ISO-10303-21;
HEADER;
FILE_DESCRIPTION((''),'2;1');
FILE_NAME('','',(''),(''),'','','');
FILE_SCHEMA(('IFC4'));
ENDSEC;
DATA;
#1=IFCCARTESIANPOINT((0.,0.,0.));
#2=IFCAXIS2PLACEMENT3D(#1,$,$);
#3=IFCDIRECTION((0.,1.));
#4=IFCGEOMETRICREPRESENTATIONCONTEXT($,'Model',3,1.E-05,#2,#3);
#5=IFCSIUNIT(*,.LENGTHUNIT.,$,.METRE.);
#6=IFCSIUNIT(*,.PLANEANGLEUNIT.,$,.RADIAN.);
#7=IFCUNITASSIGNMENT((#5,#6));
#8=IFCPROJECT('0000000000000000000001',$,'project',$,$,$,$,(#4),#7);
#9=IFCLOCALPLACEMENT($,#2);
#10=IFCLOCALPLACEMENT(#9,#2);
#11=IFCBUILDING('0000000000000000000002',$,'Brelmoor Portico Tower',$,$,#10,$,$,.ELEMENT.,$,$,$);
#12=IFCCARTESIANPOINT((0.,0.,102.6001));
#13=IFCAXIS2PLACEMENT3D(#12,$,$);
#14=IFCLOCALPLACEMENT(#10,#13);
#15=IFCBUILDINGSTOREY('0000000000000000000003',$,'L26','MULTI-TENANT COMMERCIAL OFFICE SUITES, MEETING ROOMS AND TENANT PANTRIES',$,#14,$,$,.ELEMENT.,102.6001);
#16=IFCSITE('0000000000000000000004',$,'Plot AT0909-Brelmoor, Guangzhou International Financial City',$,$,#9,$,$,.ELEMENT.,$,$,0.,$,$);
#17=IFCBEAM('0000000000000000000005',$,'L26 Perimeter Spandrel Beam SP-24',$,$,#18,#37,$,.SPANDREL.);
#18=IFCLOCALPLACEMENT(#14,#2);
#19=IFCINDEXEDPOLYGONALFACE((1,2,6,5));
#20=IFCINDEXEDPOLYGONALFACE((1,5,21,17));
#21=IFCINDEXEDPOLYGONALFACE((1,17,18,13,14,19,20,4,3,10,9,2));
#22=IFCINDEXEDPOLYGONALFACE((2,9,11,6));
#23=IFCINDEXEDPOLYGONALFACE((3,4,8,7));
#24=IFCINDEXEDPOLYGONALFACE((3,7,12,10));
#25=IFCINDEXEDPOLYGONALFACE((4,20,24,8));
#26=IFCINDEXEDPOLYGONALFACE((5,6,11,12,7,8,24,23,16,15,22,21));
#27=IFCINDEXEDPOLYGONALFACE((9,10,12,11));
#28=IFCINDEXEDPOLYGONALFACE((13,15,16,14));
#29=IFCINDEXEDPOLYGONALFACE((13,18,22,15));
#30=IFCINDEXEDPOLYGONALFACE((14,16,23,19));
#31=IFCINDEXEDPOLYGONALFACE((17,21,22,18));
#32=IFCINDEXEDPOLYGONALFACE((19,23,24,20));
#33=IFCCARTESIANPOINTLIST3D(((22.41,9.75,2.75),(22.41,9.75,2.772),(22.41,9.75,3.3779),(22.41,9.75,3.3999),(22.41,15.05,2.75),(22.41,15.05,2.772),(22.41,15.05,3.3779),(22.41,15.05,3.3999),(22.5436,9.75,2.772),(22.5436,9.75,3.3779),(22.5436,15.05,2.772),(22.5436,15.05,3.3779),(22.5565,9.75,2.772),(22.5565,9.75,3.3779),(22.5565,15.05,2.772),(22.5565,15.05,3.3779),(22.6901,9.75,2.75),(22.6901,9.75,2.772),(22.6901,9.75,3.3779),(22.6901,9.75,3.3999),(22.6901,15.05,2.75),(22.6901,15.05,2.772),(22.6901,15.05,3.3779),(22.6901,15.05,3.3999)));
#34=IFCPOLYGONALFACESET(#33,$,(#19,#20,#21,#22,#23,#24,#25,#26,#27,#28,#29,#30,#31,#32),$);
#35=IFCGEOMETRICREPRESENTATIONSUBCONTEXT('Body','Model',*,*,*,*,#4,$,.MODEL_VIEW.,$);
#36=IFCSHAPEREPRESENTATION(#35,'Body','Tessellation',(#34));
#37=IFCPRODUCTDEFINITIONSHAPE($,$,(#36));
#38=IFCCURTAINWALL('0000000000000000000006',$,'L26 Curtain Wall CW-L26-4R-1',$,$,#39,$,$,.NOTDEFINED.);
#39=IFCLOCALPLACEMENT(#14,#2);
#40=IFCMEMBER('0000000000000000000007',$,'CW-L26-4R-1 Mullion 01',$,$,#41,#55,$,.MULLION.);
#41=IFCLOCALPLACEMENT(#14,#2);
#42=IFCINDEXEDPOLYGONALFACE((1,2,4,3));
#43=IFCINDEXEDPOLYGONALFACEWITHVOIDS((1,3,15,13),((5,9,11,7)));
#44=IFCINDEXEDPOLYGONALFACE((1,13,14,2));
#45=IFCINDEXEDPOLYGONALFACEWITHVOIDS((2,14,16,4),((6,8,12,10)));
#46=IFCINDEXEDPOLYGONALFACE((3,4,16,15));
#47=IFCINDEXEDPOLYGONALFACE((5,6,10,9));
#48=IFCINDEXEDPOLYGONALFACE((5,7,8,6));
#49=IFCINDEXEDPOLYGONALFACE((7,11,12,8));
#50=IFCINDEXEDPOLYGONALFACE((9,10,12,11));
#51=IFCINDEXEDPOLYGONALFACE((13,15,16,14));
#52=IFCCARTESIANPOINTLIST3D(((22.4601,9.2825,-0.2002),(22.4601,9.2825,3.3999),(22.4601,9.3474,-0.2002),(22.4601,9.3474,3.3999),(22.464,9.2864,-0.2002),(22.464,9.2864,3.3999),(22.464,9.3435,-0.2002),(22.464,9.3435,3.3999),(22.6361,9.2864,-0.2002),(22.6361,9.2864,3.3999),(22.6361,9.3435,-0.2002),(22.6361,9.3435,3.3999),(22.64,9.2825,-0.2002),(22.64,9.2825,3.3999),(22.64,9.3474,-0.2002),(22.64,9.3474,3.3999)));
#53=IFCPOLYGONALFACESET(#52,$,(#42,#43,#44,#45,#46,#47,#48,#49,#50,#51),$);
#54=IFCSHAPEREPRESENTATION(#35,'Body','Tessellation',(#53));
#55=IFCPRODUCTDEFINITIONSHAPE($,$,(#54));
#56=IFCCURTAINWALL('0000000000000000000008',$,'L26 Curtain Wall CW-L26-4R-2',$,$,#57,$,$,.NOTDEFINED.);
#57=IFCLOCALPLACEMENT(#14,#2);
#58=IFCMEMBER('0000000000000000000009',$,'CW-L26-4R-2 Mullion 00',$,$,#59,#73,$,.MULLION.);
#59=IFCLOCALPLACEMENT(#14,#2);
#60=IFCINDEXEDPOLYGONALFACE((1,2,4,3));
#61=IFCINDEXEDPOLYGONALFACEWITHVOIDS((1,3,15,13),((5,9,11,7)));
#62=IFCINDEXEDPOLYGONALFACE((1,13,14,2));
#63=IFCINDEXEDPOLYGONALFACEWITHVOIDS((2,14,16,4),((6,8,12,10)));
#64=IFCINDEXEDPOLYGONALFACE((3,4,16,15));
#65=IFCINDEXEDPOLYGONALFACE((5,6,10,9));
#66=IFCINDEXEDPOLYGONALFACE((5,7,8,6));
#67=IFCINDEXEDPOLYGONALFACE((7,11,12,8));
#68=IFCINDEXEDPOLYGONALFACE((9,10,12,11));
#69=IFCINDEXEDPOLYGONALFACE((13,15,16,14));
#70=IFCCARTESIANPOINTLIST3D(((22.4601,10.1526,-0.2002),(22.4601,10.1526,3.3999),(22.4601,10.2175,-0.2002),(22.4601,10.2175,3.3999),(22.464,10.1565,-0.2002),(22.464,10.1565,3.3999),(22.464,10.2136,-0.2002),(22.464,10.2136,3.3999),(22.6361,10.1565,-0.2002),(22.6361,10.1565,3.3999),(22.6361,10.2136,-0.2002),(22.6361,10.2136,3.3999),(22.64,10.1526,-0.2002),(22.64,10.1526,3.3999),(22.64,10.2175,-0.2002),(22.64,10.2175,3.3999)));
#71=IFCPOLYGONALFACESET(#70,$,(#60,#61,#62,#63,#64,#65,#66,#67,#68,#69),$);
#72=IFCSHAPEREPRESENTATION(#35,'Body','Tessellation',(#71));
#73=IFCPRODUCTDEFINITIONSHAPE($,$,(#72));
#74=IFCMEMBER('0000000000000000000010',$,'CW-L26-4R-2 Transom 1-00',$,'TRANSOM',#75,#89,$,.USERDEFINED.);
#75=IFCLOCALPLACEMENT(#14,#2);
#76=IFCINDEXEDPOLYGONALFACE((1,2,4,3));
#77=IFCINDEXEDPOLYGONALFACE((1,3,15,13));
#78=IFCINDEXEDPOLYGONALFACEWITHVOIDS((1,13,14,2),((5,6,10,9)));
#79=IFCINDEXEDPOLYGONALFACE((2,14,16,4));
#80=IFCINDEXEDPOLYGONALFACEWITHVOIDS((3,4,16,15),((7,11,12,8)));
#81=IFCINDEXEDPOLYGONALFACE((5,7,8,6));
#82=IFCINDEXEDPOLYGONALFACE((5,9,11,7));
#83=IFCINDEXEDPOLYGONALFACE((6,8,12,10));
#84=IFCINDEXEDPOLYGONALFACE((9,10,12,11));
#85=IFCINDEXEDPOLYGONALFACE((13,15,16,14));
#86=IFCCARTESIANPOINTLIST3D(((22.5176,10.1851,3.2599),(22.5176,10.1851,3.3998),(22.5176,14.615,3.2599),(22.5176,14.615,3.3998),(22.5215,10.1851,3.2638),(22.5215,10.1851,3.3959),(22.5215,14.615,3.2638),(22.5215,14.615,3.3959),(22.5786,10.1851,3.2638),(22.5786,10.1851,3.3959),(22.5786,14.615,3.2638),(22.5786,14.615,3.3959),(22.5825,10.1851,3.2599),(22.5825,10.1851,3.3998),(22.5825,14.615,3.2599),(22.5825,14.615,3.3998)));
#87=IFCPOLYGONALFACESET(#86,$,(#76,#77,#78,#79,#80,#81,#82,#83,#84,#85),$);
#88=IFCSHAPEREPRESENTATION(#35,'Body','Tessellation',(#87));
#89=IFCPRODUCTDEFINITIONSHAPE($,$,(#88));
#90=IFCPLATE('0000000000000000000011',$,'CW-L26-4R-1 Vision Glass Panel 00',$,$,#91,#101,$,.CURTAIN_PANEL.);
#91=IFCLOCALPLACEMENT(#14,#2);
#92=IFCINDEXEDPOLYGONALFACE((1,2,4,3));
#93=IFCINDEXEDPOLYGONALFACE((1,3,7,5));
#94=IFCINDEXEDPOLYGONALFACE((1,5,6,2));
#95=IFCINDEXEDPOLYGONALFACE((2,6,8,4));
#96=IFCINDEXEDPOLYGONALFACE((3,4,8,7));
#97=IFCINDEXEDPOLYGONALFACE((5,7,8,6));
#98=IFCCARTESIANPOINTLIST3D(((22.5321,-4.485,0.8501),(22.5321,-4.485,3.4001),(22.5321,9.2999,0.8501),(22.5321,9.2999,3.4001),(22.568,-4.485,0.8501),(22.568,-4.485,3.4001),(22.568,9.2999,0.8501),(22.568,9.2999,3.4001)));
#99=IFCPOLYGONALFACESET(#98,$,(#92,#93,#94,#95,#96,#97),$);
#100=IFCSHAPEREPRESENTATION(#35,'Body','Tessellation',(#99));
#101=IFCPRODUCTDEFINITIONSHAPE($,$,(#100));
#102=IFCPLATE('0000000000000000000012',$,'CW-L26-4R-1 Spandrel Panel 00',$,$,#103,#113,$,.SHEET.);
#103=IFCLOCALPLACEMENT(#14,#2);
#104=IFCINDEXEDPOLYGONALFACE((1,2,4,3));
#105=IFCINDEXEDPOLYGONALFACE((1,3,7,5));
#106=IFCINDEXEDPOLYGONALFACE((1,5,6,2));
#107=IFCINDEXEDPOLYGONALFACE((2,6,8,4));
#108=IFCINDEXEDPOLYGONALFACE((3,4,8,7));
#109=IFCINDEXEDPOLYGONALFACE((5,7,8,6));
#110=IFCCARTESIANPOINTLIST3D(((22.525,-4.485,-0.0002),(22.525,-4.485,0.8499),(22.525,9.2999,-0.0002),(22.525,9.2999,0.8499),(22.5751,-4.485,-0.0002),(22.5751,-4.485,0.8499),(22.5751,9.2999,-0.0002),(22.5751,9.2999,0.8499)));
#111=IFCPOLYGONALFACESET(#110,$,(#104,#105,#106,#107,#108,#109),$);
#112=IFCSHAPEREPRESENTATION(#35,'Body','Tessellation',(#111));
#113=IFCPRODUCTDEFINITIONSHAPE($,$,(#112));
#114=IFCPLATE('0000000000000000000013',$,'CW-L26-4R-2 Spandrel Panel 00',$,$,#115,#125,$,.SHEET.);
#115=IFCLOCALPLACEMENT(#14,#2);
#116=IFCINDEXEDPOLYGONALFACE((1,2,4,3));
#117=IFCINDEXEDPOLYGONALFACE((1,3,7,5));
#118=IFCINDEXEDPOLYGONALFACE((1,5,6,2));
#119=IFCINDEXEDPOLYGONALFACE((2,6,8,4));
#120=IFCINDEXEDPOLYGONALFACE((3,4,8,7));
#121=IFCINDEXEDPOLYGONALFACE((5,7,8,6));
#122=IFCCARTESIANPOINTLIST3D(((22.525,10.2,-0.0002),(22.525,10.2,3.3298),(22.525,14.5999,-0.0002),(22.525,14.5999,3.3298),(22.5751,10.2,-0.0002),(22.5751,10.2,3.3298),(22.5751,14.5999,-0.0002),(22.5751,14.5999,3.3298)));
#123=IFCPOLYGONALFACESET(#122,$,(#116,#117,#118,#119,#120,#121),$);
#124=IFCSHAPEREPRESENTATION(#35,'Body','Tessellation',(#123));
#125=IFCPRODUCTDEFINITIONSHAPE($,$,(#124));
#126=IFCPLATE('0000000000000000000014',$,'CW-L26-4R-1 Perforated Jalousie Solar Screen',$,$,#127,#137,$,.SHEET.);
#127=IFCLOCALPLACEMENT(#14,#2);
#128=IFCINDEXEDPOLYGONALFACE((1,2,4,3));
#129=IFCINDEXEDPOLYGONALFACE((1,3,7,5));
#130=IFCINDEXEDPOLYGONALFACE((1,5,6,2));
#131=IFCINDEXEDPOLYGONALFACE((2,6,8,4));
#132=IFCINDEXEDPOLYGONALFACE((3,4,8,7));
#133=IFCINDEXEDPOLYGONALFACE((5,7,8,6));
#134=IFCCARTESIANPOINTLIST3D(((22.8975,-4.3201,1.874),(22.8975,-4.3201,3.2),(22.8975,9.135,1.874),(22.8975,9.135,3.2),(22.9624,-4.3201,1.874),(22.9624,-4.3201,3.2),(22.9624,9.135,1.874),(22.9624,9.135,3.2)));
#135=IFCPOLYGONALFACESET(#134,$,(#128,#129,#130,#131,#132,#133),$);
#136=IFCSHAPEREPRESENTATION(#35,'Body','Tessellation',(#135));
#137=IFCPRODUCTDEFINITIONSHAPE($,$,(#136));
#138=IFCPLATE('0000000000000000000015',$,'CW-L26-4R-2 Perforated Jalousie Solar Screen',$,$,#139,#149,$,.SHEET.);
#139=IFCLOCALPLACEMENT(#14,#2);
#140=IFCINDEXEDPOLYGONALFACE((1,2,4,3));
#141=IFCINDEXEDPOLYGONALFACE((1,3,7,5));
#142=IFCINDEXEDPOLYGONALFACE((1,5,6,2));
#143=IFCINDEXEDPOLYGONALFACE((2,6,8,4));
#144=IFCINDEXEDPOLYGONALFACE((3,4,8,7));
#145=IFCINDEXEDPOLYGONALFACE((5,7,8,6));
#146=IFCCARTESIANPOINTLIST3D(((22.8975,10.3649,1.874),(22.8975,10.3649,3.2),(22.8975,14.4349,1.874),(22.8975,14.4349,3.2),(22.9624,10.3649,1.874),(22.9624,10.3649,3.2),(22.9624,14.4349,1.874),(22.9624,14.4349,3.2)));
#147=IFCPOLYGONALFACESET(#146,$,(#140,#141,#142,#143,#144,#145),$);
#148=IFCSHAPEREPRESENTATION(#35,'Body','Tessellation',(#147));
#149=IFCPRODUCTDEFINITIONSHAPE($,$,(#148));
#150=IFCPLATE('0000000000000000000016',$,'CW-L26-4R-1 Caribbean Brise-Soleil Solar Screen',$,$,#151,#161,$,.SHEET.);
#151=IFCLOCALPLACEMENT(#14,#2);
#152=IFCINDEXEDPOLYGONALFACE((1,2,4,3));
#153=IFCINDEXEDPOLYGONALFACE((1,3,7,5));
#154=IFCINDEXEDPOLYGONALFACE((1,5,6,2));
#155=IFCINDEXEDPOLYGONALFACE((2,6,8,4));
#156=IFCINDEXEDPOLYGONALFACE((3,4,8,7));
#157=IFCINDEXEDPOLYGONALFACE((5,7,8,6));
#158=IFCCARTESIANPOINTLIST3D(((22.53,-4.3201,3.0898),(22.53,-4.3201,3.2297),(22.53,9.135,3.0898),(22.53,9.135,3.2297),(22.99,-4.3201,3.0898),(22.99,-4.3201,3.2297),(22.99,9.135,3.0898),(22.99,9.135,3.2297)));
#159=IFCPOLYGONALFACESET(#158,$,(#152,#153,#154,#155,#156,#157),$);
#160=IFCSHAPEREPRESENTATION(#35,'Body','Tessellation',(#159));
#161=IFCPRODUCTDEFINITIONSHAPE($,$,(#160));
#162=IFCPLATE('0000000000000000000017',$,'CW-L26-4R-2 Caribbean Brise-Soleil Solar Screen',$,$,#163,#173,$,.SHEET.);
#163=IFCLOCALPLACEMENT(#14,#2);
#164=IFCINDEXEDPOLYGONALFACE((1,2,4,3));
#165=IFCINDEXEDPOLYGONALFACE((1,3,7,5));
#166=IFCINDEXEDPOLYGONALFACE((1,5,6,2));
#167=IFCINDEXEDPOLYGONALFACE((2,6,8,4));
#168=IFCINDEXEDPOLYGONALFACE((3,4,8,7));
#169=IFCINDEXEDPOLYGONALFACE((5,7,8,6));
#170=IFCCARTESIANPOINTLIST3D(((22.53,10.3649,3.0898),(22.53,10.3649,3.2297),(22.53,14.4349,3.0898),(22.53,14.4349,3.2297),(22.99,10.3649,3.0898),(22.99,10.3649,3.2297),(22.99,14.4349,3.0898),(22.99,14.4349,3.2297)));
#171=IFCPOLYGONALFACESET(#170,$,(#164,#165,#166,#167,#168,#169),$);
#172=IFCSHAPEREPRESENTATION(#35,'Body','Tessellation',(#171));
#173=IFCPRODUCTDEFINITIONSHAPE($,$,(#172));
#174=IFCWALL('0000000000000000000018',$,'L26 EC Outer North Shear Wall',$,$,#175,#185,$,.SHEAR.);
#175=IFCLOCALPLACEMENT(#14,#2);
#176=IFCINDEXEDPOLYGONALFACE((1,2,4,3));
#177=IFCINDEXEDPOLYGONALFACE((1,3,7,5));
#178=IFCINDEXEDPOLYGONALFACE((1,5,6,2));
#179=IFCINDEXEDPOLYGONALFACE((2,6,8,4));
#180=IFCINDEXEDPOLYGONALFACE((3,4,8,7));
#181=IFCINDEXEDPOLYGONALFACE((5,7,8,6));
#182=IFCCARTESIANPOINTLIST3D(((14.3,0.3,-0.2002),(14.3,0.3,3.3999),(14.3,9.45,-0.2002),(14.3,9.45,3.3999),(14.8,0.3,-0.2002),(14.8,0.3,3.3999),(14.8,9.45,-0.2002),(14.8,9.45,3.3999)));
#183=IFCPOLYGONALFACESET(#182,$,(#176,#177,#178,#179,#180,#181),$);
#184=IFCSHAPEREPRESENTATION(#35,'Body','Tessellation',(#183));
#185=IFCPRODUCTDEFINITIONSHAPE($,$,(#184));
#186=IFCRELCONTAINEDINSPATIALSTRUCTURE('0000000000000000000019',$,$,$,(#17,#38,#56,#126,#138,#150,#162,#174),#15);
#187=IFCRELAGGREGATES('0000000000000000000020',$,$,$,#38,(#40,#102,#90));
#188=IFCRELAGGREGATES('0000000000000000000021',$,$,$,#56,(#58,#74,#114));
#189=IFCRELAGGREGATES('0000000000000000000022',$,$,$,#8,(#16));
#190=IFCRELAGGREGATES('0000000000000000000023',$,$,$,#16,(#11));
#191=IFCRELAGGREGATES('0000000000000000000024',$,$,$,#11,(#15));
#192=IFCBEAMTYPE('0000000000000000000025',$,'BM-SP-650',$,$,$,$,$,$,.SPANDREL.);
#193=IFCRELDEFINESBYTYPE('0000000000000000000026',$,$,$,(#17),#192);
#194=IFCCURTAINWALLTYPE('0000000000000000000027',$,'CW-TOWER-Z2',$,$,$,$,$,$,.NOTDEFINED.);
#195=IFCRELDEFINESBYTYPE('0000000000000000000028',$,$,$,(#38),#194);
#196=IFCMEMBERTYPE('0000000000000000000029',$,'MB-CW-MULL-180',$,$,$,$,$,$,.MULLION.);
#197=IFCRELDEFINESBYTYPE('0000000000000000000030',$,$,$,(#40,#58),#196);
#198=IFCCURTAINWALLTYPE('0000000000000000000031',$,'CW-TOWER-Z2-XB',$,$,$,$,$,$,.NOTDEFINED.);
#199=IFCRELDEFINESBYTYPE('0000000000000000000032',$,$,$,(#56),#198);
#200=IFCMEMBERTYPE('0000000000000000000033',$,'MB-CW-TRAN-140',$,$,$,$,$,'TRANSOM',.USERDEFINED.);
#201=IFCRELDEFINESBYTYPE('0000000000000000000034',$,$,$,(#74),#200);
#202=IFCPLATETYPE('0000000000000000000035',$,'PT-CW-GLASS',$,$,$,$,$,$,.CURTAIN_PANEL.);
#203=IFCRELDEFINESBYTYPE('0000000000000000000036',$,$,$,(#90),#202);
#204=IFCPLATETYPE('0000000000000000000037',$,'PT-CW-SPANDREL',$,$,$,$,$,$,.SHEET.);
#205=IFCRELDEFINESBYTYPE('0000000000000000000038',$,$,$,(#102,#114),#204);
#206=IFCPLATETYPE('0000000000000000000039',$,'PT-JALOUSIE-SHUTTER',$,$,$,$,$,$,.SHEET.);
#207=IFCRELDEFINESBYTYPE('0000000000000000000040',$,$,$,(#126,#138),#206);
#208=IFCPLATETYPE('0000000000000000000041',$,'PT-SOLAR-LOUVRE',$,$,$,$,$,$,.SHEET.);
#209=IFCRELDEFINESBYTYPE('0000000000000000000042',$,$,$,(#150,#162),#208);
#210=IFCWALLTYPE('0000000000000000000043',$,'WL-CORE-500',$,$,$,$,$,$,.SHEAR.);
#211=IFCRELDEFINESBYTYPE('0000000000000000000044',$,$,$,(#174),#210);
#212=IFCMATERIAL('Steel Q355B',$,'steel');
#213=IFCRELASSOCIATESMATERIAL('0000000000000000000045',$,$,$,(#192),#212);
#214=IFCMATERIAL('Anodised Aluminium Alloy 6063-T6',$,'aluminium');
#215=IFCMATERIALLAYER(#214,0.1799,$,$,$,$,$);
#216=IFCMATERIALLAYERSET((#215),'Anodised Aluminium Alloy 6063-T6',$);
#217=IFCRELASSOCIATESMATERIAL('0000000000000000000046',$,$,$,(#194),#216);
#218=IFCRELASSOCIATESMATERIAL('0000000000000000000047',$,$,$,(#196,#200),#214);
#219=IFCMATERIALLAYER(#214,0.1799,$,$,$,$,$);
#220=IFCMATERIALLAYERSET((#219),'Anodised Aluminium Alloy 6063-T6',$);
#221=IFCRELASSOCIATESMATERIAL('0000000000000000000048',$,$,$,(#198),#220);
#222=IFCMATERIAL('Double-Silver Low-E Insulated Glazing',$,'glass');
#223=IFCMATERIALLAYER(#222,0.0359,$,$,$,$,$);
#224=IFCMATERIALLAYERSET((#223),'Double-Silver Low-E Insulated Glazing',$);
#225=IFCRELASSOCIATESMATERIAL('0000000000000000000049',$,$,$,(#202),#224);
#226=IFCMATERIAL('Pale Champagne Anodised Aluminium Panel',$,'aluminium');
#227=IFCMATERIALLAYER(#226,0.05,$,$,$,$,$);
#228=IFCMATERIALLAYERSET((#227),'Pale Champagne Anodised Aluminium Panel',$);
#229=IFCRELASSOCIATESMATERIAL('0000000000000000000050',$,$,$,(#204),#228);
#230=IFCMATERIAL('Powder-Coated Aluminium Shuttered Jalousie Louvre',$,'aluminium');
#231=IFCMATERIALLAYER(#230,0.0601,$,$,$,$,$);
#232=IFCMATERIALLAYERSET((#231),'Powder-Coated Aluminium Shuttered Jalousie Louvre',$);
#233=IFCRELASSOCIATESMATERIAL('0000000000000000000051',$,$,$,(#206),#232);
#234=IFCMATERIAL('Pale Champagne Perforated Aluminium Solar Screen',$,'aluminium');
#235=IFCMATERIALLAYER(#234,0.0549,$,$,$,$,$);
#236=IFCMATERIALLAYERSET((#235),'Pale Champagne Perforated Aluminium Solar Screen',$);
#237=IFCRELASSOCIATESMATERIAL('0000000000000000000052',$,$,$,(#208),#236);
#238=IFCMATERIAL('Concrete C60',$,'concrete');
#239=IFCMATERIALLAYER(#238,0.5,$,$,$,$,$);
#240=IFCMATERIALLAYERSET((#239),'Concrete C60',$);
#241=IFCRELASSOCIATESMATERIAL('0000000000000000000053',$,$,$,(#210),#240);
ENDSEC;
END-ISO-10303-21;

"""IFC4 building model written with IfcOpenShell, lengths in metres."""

from ifc_helpers import new_model, si_unit, direction, frame, frame_2d, origin, origin_2d, place, context, subcontext, project, spatial, rectangle, hollow_rectangle, i_section, extrude, material, layer, layer_set, material_profile, profile_set, type_object, element, aggregate, save


model = new_model("IFC4")

# Units and contexts
model_context = context("Model", 3, precision=1e-05, world=origin(), true_north=direction((0.0, 1.0)))
body_context = subcontext(model_context, "Body", "Model", "MODEL_VIEW")
ifc_project = project(units=[si_unit("LENGTHUNIT", "METRE"), si_unit("PLANEANGLEUNIT", "RADIAN")], contexts=[model_context])

# Site, building, storey
site_placement = place(None, origin())
site = spatial("IfcSite", under=ifc_project, at=site_placement, Name="Plot AT0909-Brelmoor, Guangzhou International Financial City", CompositionType="ELEMENT", RefElevation=0.0)
building_placement = place(site_placement, origin())
building = spatial("IfcBuilding", under=site, at=building_placement, Name="Brelmoor Portico Tower", CompositionType="ELEMENT")
storey_placement = place(building_placement, frame((0.0, 0.0, 102.6001)))
storey = spatial("IfcBuildingStorey", under=building, at=storey_placement, Name="L26", Description="MULTI-TENANT COMMERCIAL OFFICE SUITES, MEETING ROOMS AND TENANT PANTRIES", CompositionType="ELEMENT", Elevation=102.6001)

# Shared definitions
ifc_material_1 = material(Name="Steel Q355B", Category="steel")

# Beam
ifc_material_profile_1 = material_profile(ifc_material_1, i_section(OverallWidth=0.28, OverallDepth=0.6499, WebThickness=0.0129, FlangeThickness=0.022, at=origin_2d()), Name="HN 650x280x13x22")
ifc_profile_set_1 = profile_set([ifc_material_profile_1], Name="Steel Q355B")
beam_type_1 = type_object("IfcBeamType", Name="BM-SP-650", PredefinedType="SPANDREL", material=ifc_profile_set_1)
beam_1_placement = place(storey_placement, frame((22.55, 9.75, 3.075), z_axis=(0.0, 1.0, 0.0), x_axis=(-1.0, 0.0, 0.0)))
element("IfcBeam", 1, at=beam_1_placement, inside=storey, type_object=beam_type_1, Name="L26 Perimeter Spandrel Beam SP-24", PredefinedType="SPANDREL", context=body_context, shape_type="SweptSolid", body=[
    extrude(i_section(OverallWidth=0.28, OverallDepth=0.6499, WebThickness=0.0129, FlangeThickness=0.022, at=origin_2d()), origin(), (0.0, 0.0, 1.0), 5.3),
])

# Curtain wall, member
ifc_material_2 = material(Name="Anodised Aluminium Alloy 6063-T6", Category="aluminium")
ifc_layer_1 = layer(ifc_material_2, 0.1799)
ifc_layer_set_1 = layer_set([ifc_layer_1], Name="Anodised Aluminium Alloy 6063-T6")
curtain_wall_type_1 = type_object("IfcCurtainWallType", Name="CW-TOWER-Z2", PredefinedType="NOTDEFINED", material=ifc_layer_set_1)
curtain_wall_1_placement = place(storey_placement, origin())
curtain_wall_1 = element("IfcCurtainWall", 2, at=curtain_wall_1_placement, inside=storey, type_object=curtain_wall_type_1, Name="L26 Curtain Wall CW-L26-4R-1", PredefinedType="NOTDEFINED")
ifc_material_profile_2 = material_profile(ifc_material_2, hollow_rectangle(XDim=0.0649, YDim=0.1799, WallThickness=0.0039, at=origin_2d()), Name="ALU MULLION 65x180")
ifc_profile_set_2 = profile_set([ifc_material_profile_2], Name="Anodised Aluminium Alloy 6063-T6")
member_type_1 = type_object("IfcMemberType", Name="MB-CW-MULL-180", PredefinedType="MULLION", material=ifc_profile_set_2)
member_1_placement = place(storey_placement, frame((22.55, 9.3149, -0.2002), z_axis=(0.0, 0.0, 1.0), x_axis=(0.0, 1.0, 0.0)))
member_1 = element("IfcMember", 3, at=member_1_placement, type_object=member_type_1, Name="CW-L26-4R-1 Mullion 01", PredefinedType="MULLION", context=body_context, shape_type="SweptSolid", body=[
    extrude(hollow_rectangle(XDim=0.0649, YDim=0.1799, WallThickness=0.0039, at=origin_2d()), origin(), (0.0, 0.0, 1.0), 3.6001),
])

# Curtain wall, members
ifc_layer_2 = layer(ifc_material_2, 0.1799)
ifc_layer_set_2 = layer_set([ifc_layer_2], Name="Anodised Aluminium Alloy 6063-T6")
curtain_wall_type_2 = type_object("IfcCurtainWallType", Name="CW-TOWER-Z2-XB", PredefinedType="NOTDEFINED", material=ifc_layer_set_2)
curtain_wall_2_placement = place(storey_placement, origin())
curtain_wall_2 = element("IfcCurtainWall", 4, at=curtain_wall_2_placement, inside=storey, type_object=curtain_wall_type_2, Name="L26 Curtain Wall CW-L26-4R-2", PredefinedType="NOTDEFINED")
member_2_placement = place(storey_placement, frame((22.55, 10.1851, -0.2002), z_axis=(0.0, 0.0, 1.0), x_axis=(0.0, 1.0, 0.0)))
member_2 = element("IfcMember", 5, at=member_2_placement, type_object=member_type_1, Name="CW-L26-4R-2 Mullion 00", PredefinedType="MULLION", context=body_context, shape_type="SweptSolid", body=[
    extrude(hollow_rectangle(XDim=0.0649, YDim=0.1799, WallThickness=0.0039, at=origin_2d()), origin(), (0.0, 0.0, 1.0), 3.6001),
])
ifc_material_profile_3 = material_profile(ifc_material_2, hollow_rectangle(XDim=0.0649, YDim=0.1399, WallThickness=0.0039, at=origin_2d()), Name="ALU TRANSOM 65x140")
ifc_profile_set_3 = profile_set([ifc_material_profile_3], Name="Anodised Aluminium Alloy 6063-T6")
member_type_2 = type_object("IfcMemberType", Name="MB-CW-TRAN-140", ElementType="TRANSOM", PredefinedType="USERDEFINED", material=ifc_profile_set_3)
member_3_placement = place(storey_placement, frame((22.55, 10.1851, 3.3298), z_axis=(0.0, 1.0, 0.0), x_axis=(-1.0, 0.0, 0.0)))
member_3 = element("IfcMember", 6, at=member_3_placement, type_object=member_type_2, Name="CW-L26-4R-2 Transom 1-00", ObjectType="TRANSOM", PredefinedType="USERDEFINED", context=body_context, shape_type="SweptSolid", body=[
    extrude(hollow_rectangle(XDim=0.0649, YDim=0.1399, WallThickness=0.0039, at=origin_2d()), origin(), (0.0, 0.0, 1.0), 4.4299),
])

# Plates
ifc_material_3 = material(Name="Double-Silver Low-E Insulated Glazing", Category="glass")
ifc_layer_3 = layer(ifc_material_3, 0.0359)
ifc_layer_set_3 = layer_set([ifc_layer_3], Name="Double-Silver Low-E Insulated Glazing")
plate_type_1 = type_object("IfcPlateType", Name="PT-CW-GLASS", PredefinedType="CURTAIN_PANEL", material=ifc_layer_set_3)
plate_1_placement = place(storey_placement, frame((22.55, 2.4075, 0.8501), z_axis=(0.0, 0.0, 1.0), x_axis=(0.0, 1.0, 0.0)))
plate_1 = element("IfcPlate", 7, at=plate_1_placement, type_object=plate_type_1, Name="CW-L26-4R-1 Vision Glass Panel 00", PredefinedType="CURTAIN_PANEL", context=body_context, shape_type="SweptSolid", body=[
    extrude(rectangle(XDim=13.7849, YDim=0.0359, at=origin_2d()), origin(), (0.0, 0.0, 1.0), 2.55),
])
ifc_material_4 = material(Name="Pale Champagne Anodised Aluminium Panel", Category="aluminium")
ifc_layer_4 = layer(ifc_material_4, 0.05)
ifc_layer_set_4 = layer_set([ifc_layer_4], Name="Pale Champagne Anodised Aluminium Panel")
plate_type_2 = type_object("IfcPlateType", Name="PT-CW-SPANDREL", PredefinedType="SHEET", material=ifc_layer_set_4)
plate_2_placement = place(storey_placement, frame((22.55, 2.4075, -0.0002), z_axis=(0.0, 0.0, 1.0), x_axis=(0.0, 1.0, 0.0)))
plate_2 = element("IfcPlate", 8, at=plate_2_placement, type_object=plate_type_2, Name="CW-L26-4R-1 Spandrel Panel 00", PredefinedType="SHEET", context=body_context, shape_type="SweptSolid", body=[
    extrude(rectangle(XDim=13.7849, YDim=0.05, at=origin_2d()), origin(), (0.0, 0.0, 1.0), 0.8501),
])
aggregate(curtain_wall_1, [member_1, plate_2, plate_1])
plate_3_placement = place(storey_placement, frame((22.55, 12.3999, -0.0002), z_axis=(0.0, 0.0, 1.0), x_axis=(0.0, 1.0, 0.0)))
plate_3 = element("IfcPlate", 9, at=plate_3_placement, type_object=plate_type_2, Name="CW-L26-4R-2 Spandrel Panel 00", PredefinedType="SHEET", context=body_context, shape_type="SweptSolid", body=[
    extrude(rectangle(XDim=4.3999, YDim=0.05, at=origin_2d()), origin(), (0.0, 0.0, 1.0), 3.3301),
])
aggregate(curtain_wall_2, [member_2, member_3, plate_3])

# Plates
ifc_material_5 = material(Name="Powder-Coated Aluminium Shuttered Jalousie Louvre", Category="aluminium")
ifc_layer_5 = layer(ifc_material_5, 0.0601)
ifc_layer_set_5 = layer_set([ifc_layer_5], Name="Powder-Coated Aluminium Shuttered Jalousie Louvre")
plate_type_3 = type_object("IfcPlateType", Name="PT-JALOUSIE-SHUTTER", PredefinedType="SHEET", material=ifc_layer_set_5)
plate_4_placement = place(storey_placement, frame((22.9299, 2.4075, 1.874), z_axis=(0.0, 0.0, 1.0), x_axis=(0.0, 1.0, 0.0)))
element("IfcPlate", 10, at=plate_4_placement, inside=storey, type_object=plate_type_3, Name="CW-L26-4R-1 Perforated Jalousie Solar Screen", PredefinedType="SHEET", context=body_context, shape_type="SweptSolid", body=[
    extrude(rectangle(XDim=13.4551, YDim=0.0649, at=origin_2d()), origin(), (0.0, 0.0, 1.0), 1.3259),
])
plate_5_placement = place(storey_placement, frame((22.9299, 12.3999, 1.874), z_axis=(0.0, 0.0, 1.0), x_axis=(0.0, 1.0, 0.0)))
element("IfcPlate", 11, at=plate_5_placement, inside=storey, type_object=plate_type_3, Name="CW-L26-4R-2 Perforated Jalousie Solar Screen", PredefinedType="SHEET", context=body_context, shape_type="SweptSolid", body=[
    extrude(rectangle(XDim=4.0701, YDim=0.0649, at=origin_2d()), origin(), (0.0, 0.0, 1.0), 1.3259),
])
ifc_material_6 = material(Name="Pale Champagne Perforated Aluminium Solar Screen", Category="aluminium")
ifc_layer_6 = layer(ifc_material_6, 0.0549)
ifc_layer_set_6 = layer_set([ifc_layer_6], Name="Pale Champagne Perforated Aluminium Solar Screen")
plate_type_4 = type_object("IfcPlateType", Name="PT-SOLAR-LOUVRE", PredefinedType="SHEET", material=ifc_layer_set_6)
plate_6_placement = place(storey_placement, frame((22.76, 2.4075, 3.0898), z_axis=(0.0, 0.0, 1.0), x_axis=(0.0, 1.0, 0.0)))
element("IfcPlate", 12, at=plate_6_placement, inside=storey, type_object=plate_type_4, Name="CW-L26-4R-1 Caribbean Brise-Soleil Solar Screen", PredefinedType="SHEET", context=body_context, shape_type="SweptSolid", body=[
    extrude(rectangle(XDim=13.4551, YDim=0.46, at=origin_2d()), origin(), (0.0, 0.0, 1.0), 0.1399),
])
plate_7_placement = place(storey_placement, frame((22.76, 12.3999, 3.0898), z_axis=(0.0, 0.0, 1.0), x_axis=(0.0, 1.0, 0.0)))
element("IfcPlate", 13, at=plate_7_placement, inside=storey, type_object=plate_type_4, Name="CW-L26-4R-2 Caribbean Brise-Soleil Solar Screen", PredefinedType="SHEET", context=body_context, shape_type="SweptSolid", body=[
    extrude(rectangle(XDim=4.0701, YDim=0.46, at=origin_2d()), origin(), (0.0, 0.0, 1.0), 0.1399),
])

# Wall
ifc_material_7 = material(Name="Concrete C60", Category="concrete")
ifc_layer_7 = layer(ifc_material_7, 0.5)
ifc_layer_set_7 = layer_set([ifc_layer_7], Name="Concrete C60")
wall_type_1 = type_object("IfcWallType", Name="WL-CORE-500", PredefinedType="SHEAR", material=ifc_layer_set_7)
wall_1_placement = place(storey_placement, frame((14.55, 0.3, -0.2002), z_axis=(0.0, 0.0, 1.0), x_axis=(0.0, 1.0, 0.0)))
element("IfcWall", 14, at=wall_1_placement, inside=storey, type_object=wall_type_1, Name="L26 EC Outer North Shear Wall", PredefinedType="SHEAR", context=body_context, shape_type="SweptSolid", body=[
    extrude(rectangle(XDim=9.1499, YDim=0.5, at=frame_2d((4.575, 0.0))), origin(), (0.0, 0.0, 1.0), 3.6001),
])

save(model, "model.ifc")
